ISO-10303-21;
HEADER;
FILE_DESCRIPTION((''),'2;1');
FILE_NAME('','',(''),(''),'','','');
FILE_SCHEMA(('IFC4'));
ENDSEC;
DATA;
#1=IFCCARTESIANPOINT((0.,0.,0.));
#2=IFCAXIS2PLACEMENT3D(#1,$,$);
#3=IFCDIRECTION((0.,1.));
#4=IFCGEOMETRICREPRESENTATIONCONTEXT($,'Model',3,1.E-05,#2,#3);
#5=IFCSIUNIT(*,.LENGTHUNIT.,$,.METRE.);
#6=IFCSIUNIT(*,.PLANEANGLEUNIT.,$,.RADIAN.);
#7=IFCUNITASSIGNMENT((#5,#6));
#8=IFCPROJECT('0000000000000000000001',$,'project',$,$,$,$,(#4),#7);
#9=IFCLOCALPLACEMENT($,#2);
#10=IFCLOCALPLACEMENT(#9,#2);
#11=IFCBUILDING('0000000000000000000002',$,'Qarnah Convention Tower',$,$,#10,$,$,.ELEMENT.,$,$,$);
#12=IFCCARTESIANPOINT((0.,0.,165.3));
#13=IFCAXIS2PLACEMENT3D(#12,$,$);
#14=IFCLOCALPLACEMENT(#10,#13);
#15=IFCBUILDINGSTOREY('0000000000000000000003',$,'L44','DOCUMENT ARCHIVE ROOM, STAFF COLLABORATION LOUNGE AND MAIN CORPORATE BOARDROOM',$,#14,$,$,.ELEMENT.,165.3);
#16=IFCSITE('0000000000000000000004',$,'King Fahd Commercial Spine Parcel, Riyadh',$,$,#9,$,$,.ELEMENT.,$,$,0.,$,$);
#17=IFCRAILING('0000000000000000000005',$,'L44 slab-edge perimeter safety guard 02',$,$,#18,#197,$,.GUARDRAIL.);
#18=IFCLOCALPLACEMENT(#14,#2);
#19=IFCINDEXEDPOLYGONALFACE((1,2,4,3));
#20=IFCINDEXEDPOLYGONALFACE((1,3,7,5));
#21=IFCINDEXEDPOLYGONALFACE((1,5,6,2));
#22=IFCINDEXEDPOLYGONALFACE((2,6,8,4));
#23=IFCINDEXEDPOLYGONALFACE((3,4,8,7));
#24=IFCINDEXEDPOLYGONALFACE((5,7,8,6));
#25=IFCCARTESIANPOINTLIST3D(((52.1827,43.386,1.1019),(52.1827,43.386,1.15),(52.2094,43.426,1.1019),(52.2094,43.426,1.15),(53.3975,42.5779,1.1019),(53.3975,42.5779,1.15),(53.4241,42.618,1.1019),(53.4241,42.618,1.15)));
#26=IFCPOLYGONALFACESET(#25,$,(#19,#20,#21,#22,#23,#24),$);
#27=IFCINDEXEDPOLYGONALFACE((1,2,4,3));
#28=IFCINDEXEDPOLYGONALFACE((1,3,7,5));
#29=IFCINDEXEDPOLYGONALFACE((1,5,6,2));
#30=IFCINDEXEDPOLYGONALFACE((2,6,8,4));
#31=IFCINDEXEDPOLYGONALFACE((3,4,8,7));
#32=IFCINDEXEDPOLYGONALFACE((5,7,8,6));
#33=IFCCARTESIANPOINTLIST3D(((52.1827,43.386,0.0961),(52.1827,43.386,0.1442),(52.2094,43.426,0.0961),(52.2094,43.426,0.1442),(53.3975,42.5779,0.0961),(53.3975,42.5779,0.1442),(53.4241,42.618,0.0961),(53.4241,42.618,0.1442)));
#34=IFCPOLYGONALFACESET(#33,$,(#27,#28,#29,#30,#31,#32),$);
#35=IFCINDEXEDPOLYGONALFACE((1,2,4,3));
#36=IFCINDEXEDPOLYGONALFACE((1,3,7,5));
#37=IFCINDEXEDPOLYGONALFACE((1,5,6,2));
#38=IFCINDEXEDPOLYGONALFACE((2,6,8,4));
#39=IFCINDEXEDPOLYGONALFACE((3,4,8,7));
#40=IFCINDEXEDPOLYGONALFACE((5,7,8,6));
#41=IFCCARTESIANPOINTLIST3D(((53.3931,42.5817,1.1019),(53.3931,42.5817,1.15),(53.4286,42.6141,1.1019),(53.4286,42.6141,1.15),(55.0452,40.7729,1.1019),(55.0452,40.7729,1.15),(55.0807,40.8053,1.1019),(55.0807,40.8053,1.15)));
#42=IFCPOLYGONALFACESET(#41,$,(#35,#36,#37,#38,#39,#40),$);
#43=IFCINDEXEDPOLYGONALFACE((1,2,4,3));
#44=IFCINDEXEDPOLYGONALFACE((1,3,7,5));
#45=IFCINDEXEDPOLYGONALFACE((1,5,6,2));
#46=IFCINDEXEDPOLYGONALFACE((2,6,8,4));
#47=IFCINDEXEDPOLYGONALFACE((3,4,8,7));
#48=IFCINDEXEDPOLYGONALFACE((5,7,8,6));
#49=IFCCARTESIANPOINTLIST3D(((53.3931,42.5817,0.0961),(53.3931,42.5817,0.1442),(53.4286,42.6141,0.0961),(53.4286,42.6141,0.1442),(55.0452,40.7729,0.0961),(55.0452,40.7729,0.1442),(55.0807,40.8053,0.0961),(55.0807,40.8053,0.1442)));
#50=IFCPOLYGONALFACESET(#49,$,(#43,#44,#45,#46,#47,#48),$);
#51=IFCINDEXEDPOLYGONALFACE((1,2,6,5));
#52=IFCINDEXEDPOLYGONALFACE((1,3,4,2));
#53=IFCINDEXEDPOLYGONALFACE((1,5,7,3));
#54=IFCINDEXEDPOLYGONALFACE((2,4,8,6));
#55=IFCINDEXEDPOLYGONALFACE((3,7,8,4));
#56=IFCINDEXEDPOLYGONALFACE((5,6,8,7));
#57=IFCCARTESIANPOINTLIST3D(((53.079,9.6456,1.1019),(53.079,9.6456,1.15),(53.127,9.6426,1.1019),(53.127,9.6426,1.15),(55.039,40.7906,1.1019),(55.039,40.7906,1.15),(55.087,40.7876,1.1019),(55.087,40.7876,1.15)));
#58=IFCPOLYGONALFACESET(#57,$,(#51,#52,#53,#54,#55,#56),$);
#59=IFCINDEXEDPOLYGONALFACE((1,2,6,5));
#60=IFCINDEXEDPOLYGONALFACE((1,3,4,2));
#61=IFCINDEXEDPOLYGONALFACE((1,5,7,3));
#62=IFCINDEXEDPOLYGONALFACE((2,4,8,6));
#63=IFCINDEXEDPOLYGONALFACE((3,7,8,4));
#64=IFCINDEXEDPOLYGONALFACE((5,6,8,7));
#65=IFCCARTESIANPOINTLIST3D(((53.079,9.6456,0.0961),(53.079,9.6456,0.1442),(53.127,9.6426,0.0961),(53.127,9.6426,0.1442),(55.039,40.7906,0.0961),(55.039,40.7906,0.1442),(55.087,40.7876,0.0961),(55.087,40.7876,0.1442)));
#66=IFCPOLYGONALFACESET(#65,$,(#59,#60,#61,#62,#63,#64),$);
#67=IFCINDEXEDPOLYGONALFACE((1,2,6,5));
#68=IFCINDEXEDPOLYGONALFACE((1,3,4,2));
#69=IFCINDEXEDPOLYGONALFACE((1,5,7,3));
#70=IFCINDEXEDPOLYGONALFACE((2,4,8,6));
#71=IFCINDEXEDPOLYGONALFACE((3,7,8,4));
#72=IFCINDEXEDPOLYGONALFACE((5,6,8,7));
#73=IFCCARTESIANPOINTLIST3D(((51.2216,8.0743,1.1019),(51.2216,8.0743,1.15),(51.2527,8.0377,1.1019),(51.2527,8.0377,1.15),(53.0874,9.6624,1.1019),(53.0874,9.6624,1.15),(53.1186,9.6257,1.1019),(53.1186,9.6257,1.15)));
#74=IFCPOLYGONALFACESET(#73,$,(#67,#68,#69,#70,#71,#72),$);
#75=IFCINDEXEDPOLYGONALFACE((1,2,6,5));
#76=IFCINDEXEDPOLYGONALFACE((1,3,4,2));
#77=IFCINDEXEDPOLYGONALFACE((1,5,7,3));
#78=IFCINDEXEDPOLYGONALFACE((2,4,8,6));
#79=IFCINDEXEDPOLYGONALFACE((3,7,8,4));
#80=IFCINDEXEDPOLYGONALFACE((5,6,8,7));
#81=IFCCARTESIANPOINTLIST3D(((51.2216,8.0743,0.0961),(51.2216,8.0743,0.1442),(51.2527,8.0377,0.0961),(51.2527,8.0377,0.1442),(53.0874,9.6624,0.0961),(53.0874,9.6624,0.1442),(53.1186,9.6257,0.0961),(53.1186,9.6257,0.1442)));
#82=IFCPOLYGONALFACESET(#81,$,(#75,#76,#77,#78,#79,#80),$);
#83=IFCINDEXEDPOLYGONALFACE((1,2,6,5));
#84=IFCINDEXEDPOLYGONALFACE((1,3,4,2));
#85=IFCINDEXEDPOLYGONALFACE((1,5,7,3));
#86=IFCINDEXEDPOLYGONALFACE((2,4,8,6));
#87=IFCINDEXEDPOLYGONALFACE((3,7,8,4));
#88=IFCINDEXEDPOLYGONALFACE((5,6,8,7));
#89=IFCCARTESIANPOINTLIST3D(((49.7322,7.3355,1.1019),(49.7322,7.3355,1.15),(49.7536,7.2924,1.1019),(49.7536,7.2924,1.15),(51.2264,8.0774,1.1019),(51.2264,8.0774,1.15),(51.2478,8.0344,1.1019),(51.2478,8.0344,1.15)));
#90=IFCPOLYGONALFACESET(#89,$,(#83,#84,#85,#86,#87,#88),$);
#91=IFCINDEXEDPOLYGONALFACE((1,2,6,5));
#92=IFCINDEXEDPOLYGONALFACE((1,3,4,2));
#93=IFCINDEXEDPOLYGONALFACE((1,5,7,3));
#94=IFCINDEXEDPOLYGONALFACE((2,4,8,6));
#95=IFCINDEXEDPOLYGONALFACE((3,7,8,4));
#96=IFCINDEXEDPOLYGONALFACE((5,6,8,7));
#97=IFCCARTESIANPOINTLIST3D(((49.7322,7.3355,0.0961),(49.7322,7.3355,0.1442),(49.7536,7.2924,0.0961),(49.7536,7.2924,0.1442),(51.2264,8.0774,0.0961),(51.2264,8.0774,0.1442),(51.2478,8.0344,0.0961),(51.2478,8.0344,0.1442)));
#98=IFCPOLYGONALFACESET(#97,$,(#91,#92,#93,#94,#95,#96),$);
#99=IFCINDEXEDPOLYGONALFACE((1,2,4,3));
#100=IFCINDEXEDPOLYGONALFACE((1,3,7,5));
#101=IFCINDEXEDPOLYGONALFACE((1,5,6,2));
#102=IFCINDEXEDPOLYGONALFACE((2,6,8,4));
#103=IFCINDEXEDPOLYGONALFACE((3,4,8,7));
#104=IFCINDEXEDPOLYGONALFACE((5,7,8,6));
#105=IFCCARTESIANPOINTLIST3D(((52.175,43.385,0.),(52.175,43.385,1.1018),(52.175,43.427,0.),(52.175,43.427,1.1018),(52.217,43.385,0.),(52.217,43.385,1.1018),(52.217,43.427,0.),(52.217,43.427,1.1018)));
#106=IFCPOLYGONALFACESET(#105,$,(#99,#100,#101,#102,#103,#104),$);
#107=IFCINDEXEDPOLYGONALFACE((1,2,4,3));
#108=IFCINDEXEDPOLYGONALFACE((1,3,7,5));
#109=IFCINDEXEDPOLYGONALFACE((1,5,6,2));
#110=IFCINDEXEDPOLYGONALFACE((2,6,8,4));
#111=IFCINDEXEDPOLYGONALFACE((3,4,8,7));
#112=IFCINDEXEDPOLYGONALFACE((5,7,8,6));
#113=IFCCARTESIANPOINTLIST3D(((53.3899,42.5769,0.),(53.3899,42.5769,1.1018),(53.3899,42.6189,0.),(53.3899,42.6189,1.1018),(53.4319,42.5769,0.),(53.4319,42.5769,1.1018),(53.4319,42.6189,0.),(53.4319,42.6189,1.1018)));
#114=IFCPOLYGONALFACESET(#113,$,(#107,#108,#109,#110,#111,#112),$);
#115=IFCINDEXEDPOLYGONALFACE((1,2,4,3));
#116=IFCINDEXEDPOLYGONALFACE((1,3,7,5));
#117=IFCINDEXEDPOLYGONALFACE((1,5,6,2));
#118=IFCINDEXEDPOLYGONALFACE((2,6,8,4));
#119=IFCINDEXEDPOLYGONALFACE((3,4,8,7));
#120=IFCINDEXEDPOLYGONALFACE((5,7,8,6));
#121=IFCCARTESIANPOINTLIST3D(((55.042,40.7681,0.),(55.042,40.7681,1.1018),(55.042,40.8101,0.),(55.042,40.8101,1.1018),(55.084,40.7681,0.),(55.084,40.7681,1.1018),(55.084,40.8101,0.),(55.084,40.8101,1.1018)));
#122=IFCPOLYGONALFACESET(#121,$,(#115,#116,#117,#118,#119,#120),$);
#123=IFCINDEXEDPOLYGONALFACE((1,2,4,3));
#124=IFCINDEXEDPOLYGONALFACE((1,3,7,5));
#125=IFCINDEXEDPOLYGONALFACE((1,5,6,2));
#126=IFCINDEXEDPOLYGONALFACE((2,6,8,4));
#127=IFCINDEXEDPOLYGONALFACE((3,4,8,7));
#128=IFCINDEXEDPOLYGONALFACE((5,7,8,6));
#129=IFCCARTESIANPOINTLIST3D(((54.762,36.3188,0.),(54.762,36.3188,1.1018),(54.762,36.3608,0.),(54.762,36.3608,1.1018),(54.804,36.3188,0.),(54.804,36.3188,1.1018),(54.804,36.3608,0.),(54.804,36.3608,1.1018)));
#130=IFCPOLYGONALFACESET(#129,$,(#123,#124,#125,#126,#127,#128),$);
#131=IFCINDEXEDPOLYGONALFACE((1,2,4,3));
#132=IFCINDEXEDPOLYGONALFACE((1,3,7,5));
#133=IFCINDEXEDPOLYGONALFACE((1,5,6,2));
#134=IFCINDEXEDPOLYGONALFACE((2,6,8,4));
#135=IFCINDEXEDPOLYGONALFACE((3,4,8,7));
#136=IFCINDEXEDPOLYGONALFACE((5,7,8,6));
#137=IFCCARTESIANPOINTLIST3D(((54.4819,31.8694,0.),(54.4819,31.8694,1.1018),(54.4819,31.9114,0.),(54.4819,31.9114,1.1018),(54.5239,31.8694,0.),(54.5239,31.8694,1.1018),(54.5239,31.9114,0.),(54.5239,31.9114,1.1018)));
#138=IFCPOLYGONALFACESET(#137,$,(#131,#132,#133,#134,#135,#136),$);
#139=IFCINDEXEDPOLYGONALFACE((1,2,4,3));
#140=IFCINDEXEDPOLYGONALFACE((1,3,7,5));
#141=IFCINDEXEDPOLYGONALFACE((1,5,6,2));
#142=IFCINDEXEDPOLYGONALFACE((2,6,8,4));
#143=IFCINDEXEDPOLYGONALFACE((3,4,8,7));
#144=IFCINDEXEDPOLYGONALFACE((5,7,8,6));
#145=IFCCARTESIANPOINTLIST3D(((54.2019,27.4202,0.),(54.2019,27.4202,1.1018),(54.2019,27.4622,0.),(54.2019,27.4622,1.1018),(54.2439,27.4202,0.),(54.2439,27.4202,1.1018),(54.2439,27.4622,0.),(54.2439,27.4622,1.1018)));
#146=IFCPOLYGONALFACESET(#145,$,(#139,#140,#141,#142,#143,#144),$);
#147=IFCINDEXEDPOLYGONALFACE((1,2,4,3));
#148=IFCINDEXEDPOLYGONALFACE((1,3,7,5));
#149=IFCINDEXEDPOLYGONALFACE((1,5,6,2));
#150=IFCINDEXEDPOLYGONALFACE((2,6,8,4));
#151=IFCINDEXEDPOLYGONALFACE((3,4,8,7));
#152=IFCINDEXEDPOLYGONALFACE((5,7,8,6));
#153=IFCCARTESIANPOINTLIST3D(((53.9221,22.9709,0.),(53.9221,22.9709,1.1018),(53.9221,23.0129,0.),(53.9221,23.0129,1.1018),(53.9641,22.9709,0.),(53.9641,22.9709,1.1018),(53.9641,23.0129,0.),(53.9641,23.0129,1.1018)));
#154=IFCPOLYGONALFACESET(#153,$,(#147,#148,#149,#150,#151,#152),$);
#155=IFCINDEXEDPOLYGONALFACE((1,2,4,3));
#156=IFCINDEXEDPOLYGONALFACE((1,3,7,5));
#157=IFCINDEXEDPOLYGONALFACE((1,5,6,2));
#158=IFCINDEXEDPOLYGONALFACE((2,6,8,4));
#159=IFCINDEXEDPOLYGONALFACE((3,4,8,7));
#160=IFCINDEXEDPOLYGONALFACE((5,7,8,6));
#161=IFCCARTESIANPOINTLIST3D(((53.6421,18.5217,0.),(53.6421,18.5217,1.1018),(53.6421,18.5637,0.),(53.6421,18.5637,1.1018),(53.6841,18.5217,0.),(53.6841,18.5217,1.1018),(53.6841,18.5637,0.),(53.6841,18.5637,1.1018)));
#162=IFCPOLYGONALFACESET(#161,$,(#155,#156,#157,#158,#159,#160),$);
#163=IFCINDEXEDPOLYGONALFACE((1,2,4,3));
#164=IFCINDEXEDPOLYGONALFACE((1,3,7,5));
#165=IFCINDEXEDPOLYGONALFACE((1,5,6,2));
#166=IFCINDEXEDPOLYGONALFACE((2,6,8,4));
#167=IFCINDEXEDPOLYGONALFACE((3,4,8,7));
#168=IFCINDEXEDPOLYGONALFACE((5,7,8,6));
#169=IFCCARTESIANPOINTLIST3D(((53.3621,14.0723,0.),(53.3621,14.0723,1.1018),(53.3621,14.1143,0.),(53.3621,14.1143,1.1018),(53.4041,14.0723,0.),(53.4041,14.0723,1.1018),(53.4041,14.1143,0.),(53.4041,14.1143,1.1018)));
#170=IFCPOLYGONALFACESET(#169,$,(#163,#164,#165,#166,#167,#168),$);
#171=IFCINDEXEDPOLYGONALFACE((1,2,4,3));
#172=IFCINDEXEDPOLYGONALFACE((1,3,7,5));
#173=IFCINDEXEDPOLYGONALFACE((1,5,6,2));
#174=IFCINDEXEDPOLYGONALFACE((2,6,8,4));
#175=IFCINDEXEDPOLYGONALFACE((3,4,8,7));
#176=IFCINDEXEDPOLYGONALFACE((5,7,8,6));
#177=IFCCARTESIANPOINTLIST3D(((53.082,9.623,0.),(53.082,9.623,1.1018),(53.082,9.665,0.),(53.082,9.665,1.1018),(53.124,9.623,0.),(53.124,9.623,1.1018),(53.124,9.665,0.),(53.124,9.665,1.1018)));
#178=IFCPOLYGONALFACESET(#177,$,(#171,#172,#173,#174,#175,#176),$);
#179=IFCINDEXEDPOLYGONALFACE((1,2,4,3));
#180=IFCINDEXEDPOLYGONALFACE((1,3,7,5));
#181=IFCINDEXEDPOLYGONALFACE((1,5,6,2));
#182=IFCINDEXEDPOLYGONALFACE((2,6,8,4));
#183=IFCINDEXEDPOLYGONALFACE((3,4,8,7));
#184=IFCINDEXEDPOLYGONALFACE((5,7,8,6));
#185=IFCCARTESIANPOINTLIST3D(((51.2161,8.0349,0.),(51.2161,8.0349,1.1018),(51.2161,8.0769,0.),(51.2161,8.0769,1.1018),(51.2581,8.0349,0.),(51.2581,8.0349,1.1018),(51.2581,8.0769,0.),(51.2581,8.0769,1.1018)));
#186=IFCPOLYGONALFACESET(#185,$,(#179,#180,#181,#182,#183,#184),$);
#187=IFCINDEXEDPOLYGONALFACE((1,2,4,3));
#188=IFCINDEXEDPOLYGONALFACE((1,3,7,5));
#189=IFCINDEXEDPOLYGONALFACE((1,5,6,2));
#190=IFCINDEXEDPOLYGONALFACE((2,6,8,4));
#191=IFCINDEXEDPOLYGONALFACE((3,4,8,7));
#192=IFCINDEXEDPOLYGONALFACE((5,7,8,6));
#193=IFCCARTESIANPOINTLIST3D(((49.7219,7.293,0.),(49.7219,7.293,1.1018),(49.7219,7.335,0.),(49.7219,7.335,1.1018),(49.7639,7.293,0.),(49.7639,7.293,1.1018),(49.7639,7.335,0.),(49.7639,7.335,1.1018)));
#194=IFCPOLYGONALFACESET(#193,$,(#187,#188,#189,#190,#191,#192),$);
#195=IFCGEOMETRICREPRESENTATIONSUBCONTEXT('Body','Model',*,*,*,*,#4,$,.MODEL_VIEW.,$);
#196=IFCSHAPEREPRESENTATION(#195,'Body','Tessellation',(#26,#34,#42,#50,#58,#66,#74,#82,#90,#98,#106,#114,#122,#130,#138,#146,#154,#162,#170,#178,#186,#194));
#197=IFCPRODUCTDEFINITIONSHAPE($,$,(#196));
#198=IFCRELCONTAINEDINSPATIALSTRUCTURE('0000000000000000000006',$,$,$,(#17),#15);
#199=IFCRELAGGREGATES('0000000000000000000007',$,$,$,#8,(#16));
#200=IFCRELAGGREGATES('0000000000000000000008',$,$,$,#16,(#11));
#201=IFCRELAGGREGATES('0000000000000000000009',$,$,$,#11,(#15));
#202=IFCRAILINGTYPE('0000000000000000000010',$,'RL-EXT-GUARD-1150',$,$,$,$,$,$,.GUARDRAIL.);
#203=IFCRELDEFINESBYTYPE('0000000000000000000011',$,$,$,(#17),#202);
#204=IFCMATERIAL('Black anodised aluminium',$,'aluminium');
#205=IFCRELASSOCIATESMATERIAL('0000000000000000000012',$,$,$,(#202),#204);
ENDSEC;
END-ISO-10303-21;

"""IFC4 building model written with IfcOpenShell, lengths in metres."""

from ifc_helpers import new_model, si_unit, direction, frame, origin, origin_2d, place, context, subcontext, project, spatial, rectangle, extrude, material, type_object, element, save


model = new_model("IFC4")

# Units and contexts
model_context = context("Model", 3, precision=1e-05, world=origin(), true_north=direction((0.0, 1.0)))
body_context = subcontext(model_context, "Body", "Model", "MODEL_VIEW")
ifc_project = project(units=[si_unit("LENGTHUNIT", "METRE"), si_unit("PLANEANGLEUNIT", "RADIAN")], contexts=[model_context])

# Site, building, storey
site_placement = place(None, origin())
site = spatial("IfcSite", under=ifc_project, at=site_placement, Name="King Fahd Commercial Spine Parcel, Riyadh", CompositionType="ELEMENT", RefElevation=0.0)
building_placement = place(site_placement, origin())
building = spatial("IfcBuilding", under=site, at=building_placement, Name="Qarnah Convention Tower", CompositionType="ELEMENT")
storey_placement = place(building_placement, frame((0.0, 0.0, 165.3)))
storey = spatial("IfcBuildingStorey", under=building, at=storey_placement, Name="L44", Description="DOCUMENT ARCHIVE ROOM, STAFF COLLABORATION LOUNGE AND MAIN CORPORATE BOARDROOM", CompositionType="ELEMENT", Elevation=165.3)

# Shared definitions
ifc_material_1 = material(Name="Black anodised aluminium", Category="aluminium")

# Railing
railing_type = type_object("IfcRailingType", Name="RL-EXT-GUARD-1150", PredefinedType="GUARDRAIL", material=ifc_material_1)
railing_1_placement = place(storey_placement, frame((52.196, 43.406, 0.0)))
element("IfcRailing", 1, at=railing_1_placement, inside=storey, type_object=railing_type, Name="L44 slab-edge perimeter safety guard 02", PredefinedType="GUARDRAIL", context=body_context, shape_type="SweptSolid", body=[
    extrude(rectangle(XDim=0.0481, YDim=0.0481, at=origin_2d()), frame((0.0, 0.0, 1.126), z_axis=(0.832616, -0.55385, 0.0), x_axis=(0.55385, 0.832616, 0.0)), (0.0, 0.0, 1.0), 1.459),
    extrude(rectangle(XDim=0.0481, YDim=0.0481, at=origin_2d()), frame((0.0, 0.0, 0.1201), z_axis=(0.832616, -0.55385, 0.0), x_axis=(0.55385, 0.832616, 0.0)), (0.0, 0.0, 1.0), 1.459),
    extrude(rectangle(XDim=0.0481, YDim=0.0481, at=origin_2d()), frame((1.2148, -0.8081, 1.126), z_axis=(0.674392, -0.738373, 0.0), x_axis=(0.738373, 0.674392, 0.0)), (0.0, 0.0, 1.0), 2.4497),
    extrude(rectangle(XDim=0.0481, YDim=0.0481, at=origin_2d()), frame((1.2148, -0.8081, 0.1201), z_axis=(0.674392, -0.738373, 0.0), x_axis=(0.738373, 0.674392, 0.0)), (0.0, 0.0, 1.0), 2.4497),
    extrude(rectangle(XDim=0.0481, YDim=0.0481, at=origin_2d()), frame((2.8669, -2.6169, 1.126), z_axis=(-0.062806, -0.998026, 0.0), x_axis=(0.998026, -0.062806, 0.0)), (0.0, 0.0, 1.0), 31.2065),
    extrude(rectangle(XDim=0.0481, YDim=0.0481, at=origin_2d()), frame((2.8669, -2.6169, 0.1201), z_axis=(-0.062806, -0.998026, 0.0), x_axis=(0.998026, -0.062806, 0.0)), (0.0, 0.0, 1.0), 31.2065),
    extrude(rectangle(XDim=0.0481, YDim=0.0481, at=origin_2d()), frame((0.907, -33.762, 1.126), z_axis=(-0.761524, -0.648137, 0.0), x_axis=(0.648137, -0.761524, 0.0)), (0.0, 0.0, 1.0), 2.4502),
    extrude(rectangle(XDim=0.0481, YDim=0.0481, at=origin_2d()), frame((0.907, -33.762, 0.1201), z_axis=(-0.761524, -0.648137, 0.0), x_axis=(0.648137, -0.761524, 0.0)), (0.0, 0.0, 1.0), 2.4502),
    extrude(rectangle(XDim=0.0481, YDim=0.0481, at=origin_2d()), frame((-0.959, -35.3501, 1.126), z_axis=(-0.895653, -0.444753, 0.0), x_axis=(0.444753, -0.895653, 0.0)), (0.0, 0.0, 1.0), 1.6682),
    extrude(rectangle(XDim=0.0481, YDim=0.0481, at=origin_2d()), frame((-0.959, -35.3501, 0.1201), z_axis=(-0.895653, -0.444753, 0.0), x_axis=(0.444753, -0.895653, 0.0)), (0.0, 0.0, 1.0), 1.6682),
    extrude(rectangle(XDim=0.042, YDim=0.042, at=origin_2d()), origin(), (0.0, 0.0, 1.0), 1.1018),
    extrude(rectangle(XDim=0.042, YDim=0.042, at=origin_2d()), frame((1.2148, -0.8081, 0.0)), (0.0, 0.0, 1.0), 1.1018),
    extrude(rectangle(XDim=0.042, YDim=0.042, at=origin_2d()), frame((2.8669, -2.6169, 0.0)), (0.0, 0.0, 1.0), 1.1018),
    extrude(rectangle(XDim=0.042, YDim=0.042, at=origin_2d()), frame((2.5869, -7.0662, 0.0)), (0.0, 0.0, 1.0), 1.1018),
    extrude(rectangle(XDim=0.042, YDim=0.042, at=origin_2d()), frame((2.3069, -11.5156, 0.0)), (0.0, 0.0, 1.0), 1.1018),
    extrude(rectangle(XDim=0.042, YDim=0.042, at=origin_2d()), frame((2.0269, -15.9648, 0.0)), (0.0, 0.0, 1.0), 1.1018),
    extrude(rectangle(XDim=0.042, YDim=0.042, at=origin_2d()), frame((1.7471, -20.4141, 0.0)), (0.0, 0.0, 1.0), 1.1018),
    extrude(rectangle(XDim=0.042, YDim=0.042, at=origin_2d()), frame((1.467, -24.8633, 0.0)), (0.0, 0.0, 1.0), 1.1018),
    extrude(rectangle(XDim=0.042, YDim=0.042, at=origin_2d()), frame((1.187, -29.3127, 0.0)), (0.0, 0.0, 1.0), 1.1018),
    extrude(rectangle(XDim=0.042, YDim=0.042, at=origin_2d()), frame((0.907, -33.762, 0.0)), (0.0, 0.0, 1.0), 1.1018),
    extrude(rectangle(XDim=0.042, YDim=0.042, at=origin_2d()), frame((-0.959, -35.3501, 0.0)), (0.0, 0.0, 1.0), 1.1018),
    extrude(rectangle(XDim=0.042, YDim=0.042, at=origin_2d()), frame((-2.4531, -36.092, 0.0)), (0.0, 0.0, 1.0), 1.1018),
])

save(model, "model.ifc")
